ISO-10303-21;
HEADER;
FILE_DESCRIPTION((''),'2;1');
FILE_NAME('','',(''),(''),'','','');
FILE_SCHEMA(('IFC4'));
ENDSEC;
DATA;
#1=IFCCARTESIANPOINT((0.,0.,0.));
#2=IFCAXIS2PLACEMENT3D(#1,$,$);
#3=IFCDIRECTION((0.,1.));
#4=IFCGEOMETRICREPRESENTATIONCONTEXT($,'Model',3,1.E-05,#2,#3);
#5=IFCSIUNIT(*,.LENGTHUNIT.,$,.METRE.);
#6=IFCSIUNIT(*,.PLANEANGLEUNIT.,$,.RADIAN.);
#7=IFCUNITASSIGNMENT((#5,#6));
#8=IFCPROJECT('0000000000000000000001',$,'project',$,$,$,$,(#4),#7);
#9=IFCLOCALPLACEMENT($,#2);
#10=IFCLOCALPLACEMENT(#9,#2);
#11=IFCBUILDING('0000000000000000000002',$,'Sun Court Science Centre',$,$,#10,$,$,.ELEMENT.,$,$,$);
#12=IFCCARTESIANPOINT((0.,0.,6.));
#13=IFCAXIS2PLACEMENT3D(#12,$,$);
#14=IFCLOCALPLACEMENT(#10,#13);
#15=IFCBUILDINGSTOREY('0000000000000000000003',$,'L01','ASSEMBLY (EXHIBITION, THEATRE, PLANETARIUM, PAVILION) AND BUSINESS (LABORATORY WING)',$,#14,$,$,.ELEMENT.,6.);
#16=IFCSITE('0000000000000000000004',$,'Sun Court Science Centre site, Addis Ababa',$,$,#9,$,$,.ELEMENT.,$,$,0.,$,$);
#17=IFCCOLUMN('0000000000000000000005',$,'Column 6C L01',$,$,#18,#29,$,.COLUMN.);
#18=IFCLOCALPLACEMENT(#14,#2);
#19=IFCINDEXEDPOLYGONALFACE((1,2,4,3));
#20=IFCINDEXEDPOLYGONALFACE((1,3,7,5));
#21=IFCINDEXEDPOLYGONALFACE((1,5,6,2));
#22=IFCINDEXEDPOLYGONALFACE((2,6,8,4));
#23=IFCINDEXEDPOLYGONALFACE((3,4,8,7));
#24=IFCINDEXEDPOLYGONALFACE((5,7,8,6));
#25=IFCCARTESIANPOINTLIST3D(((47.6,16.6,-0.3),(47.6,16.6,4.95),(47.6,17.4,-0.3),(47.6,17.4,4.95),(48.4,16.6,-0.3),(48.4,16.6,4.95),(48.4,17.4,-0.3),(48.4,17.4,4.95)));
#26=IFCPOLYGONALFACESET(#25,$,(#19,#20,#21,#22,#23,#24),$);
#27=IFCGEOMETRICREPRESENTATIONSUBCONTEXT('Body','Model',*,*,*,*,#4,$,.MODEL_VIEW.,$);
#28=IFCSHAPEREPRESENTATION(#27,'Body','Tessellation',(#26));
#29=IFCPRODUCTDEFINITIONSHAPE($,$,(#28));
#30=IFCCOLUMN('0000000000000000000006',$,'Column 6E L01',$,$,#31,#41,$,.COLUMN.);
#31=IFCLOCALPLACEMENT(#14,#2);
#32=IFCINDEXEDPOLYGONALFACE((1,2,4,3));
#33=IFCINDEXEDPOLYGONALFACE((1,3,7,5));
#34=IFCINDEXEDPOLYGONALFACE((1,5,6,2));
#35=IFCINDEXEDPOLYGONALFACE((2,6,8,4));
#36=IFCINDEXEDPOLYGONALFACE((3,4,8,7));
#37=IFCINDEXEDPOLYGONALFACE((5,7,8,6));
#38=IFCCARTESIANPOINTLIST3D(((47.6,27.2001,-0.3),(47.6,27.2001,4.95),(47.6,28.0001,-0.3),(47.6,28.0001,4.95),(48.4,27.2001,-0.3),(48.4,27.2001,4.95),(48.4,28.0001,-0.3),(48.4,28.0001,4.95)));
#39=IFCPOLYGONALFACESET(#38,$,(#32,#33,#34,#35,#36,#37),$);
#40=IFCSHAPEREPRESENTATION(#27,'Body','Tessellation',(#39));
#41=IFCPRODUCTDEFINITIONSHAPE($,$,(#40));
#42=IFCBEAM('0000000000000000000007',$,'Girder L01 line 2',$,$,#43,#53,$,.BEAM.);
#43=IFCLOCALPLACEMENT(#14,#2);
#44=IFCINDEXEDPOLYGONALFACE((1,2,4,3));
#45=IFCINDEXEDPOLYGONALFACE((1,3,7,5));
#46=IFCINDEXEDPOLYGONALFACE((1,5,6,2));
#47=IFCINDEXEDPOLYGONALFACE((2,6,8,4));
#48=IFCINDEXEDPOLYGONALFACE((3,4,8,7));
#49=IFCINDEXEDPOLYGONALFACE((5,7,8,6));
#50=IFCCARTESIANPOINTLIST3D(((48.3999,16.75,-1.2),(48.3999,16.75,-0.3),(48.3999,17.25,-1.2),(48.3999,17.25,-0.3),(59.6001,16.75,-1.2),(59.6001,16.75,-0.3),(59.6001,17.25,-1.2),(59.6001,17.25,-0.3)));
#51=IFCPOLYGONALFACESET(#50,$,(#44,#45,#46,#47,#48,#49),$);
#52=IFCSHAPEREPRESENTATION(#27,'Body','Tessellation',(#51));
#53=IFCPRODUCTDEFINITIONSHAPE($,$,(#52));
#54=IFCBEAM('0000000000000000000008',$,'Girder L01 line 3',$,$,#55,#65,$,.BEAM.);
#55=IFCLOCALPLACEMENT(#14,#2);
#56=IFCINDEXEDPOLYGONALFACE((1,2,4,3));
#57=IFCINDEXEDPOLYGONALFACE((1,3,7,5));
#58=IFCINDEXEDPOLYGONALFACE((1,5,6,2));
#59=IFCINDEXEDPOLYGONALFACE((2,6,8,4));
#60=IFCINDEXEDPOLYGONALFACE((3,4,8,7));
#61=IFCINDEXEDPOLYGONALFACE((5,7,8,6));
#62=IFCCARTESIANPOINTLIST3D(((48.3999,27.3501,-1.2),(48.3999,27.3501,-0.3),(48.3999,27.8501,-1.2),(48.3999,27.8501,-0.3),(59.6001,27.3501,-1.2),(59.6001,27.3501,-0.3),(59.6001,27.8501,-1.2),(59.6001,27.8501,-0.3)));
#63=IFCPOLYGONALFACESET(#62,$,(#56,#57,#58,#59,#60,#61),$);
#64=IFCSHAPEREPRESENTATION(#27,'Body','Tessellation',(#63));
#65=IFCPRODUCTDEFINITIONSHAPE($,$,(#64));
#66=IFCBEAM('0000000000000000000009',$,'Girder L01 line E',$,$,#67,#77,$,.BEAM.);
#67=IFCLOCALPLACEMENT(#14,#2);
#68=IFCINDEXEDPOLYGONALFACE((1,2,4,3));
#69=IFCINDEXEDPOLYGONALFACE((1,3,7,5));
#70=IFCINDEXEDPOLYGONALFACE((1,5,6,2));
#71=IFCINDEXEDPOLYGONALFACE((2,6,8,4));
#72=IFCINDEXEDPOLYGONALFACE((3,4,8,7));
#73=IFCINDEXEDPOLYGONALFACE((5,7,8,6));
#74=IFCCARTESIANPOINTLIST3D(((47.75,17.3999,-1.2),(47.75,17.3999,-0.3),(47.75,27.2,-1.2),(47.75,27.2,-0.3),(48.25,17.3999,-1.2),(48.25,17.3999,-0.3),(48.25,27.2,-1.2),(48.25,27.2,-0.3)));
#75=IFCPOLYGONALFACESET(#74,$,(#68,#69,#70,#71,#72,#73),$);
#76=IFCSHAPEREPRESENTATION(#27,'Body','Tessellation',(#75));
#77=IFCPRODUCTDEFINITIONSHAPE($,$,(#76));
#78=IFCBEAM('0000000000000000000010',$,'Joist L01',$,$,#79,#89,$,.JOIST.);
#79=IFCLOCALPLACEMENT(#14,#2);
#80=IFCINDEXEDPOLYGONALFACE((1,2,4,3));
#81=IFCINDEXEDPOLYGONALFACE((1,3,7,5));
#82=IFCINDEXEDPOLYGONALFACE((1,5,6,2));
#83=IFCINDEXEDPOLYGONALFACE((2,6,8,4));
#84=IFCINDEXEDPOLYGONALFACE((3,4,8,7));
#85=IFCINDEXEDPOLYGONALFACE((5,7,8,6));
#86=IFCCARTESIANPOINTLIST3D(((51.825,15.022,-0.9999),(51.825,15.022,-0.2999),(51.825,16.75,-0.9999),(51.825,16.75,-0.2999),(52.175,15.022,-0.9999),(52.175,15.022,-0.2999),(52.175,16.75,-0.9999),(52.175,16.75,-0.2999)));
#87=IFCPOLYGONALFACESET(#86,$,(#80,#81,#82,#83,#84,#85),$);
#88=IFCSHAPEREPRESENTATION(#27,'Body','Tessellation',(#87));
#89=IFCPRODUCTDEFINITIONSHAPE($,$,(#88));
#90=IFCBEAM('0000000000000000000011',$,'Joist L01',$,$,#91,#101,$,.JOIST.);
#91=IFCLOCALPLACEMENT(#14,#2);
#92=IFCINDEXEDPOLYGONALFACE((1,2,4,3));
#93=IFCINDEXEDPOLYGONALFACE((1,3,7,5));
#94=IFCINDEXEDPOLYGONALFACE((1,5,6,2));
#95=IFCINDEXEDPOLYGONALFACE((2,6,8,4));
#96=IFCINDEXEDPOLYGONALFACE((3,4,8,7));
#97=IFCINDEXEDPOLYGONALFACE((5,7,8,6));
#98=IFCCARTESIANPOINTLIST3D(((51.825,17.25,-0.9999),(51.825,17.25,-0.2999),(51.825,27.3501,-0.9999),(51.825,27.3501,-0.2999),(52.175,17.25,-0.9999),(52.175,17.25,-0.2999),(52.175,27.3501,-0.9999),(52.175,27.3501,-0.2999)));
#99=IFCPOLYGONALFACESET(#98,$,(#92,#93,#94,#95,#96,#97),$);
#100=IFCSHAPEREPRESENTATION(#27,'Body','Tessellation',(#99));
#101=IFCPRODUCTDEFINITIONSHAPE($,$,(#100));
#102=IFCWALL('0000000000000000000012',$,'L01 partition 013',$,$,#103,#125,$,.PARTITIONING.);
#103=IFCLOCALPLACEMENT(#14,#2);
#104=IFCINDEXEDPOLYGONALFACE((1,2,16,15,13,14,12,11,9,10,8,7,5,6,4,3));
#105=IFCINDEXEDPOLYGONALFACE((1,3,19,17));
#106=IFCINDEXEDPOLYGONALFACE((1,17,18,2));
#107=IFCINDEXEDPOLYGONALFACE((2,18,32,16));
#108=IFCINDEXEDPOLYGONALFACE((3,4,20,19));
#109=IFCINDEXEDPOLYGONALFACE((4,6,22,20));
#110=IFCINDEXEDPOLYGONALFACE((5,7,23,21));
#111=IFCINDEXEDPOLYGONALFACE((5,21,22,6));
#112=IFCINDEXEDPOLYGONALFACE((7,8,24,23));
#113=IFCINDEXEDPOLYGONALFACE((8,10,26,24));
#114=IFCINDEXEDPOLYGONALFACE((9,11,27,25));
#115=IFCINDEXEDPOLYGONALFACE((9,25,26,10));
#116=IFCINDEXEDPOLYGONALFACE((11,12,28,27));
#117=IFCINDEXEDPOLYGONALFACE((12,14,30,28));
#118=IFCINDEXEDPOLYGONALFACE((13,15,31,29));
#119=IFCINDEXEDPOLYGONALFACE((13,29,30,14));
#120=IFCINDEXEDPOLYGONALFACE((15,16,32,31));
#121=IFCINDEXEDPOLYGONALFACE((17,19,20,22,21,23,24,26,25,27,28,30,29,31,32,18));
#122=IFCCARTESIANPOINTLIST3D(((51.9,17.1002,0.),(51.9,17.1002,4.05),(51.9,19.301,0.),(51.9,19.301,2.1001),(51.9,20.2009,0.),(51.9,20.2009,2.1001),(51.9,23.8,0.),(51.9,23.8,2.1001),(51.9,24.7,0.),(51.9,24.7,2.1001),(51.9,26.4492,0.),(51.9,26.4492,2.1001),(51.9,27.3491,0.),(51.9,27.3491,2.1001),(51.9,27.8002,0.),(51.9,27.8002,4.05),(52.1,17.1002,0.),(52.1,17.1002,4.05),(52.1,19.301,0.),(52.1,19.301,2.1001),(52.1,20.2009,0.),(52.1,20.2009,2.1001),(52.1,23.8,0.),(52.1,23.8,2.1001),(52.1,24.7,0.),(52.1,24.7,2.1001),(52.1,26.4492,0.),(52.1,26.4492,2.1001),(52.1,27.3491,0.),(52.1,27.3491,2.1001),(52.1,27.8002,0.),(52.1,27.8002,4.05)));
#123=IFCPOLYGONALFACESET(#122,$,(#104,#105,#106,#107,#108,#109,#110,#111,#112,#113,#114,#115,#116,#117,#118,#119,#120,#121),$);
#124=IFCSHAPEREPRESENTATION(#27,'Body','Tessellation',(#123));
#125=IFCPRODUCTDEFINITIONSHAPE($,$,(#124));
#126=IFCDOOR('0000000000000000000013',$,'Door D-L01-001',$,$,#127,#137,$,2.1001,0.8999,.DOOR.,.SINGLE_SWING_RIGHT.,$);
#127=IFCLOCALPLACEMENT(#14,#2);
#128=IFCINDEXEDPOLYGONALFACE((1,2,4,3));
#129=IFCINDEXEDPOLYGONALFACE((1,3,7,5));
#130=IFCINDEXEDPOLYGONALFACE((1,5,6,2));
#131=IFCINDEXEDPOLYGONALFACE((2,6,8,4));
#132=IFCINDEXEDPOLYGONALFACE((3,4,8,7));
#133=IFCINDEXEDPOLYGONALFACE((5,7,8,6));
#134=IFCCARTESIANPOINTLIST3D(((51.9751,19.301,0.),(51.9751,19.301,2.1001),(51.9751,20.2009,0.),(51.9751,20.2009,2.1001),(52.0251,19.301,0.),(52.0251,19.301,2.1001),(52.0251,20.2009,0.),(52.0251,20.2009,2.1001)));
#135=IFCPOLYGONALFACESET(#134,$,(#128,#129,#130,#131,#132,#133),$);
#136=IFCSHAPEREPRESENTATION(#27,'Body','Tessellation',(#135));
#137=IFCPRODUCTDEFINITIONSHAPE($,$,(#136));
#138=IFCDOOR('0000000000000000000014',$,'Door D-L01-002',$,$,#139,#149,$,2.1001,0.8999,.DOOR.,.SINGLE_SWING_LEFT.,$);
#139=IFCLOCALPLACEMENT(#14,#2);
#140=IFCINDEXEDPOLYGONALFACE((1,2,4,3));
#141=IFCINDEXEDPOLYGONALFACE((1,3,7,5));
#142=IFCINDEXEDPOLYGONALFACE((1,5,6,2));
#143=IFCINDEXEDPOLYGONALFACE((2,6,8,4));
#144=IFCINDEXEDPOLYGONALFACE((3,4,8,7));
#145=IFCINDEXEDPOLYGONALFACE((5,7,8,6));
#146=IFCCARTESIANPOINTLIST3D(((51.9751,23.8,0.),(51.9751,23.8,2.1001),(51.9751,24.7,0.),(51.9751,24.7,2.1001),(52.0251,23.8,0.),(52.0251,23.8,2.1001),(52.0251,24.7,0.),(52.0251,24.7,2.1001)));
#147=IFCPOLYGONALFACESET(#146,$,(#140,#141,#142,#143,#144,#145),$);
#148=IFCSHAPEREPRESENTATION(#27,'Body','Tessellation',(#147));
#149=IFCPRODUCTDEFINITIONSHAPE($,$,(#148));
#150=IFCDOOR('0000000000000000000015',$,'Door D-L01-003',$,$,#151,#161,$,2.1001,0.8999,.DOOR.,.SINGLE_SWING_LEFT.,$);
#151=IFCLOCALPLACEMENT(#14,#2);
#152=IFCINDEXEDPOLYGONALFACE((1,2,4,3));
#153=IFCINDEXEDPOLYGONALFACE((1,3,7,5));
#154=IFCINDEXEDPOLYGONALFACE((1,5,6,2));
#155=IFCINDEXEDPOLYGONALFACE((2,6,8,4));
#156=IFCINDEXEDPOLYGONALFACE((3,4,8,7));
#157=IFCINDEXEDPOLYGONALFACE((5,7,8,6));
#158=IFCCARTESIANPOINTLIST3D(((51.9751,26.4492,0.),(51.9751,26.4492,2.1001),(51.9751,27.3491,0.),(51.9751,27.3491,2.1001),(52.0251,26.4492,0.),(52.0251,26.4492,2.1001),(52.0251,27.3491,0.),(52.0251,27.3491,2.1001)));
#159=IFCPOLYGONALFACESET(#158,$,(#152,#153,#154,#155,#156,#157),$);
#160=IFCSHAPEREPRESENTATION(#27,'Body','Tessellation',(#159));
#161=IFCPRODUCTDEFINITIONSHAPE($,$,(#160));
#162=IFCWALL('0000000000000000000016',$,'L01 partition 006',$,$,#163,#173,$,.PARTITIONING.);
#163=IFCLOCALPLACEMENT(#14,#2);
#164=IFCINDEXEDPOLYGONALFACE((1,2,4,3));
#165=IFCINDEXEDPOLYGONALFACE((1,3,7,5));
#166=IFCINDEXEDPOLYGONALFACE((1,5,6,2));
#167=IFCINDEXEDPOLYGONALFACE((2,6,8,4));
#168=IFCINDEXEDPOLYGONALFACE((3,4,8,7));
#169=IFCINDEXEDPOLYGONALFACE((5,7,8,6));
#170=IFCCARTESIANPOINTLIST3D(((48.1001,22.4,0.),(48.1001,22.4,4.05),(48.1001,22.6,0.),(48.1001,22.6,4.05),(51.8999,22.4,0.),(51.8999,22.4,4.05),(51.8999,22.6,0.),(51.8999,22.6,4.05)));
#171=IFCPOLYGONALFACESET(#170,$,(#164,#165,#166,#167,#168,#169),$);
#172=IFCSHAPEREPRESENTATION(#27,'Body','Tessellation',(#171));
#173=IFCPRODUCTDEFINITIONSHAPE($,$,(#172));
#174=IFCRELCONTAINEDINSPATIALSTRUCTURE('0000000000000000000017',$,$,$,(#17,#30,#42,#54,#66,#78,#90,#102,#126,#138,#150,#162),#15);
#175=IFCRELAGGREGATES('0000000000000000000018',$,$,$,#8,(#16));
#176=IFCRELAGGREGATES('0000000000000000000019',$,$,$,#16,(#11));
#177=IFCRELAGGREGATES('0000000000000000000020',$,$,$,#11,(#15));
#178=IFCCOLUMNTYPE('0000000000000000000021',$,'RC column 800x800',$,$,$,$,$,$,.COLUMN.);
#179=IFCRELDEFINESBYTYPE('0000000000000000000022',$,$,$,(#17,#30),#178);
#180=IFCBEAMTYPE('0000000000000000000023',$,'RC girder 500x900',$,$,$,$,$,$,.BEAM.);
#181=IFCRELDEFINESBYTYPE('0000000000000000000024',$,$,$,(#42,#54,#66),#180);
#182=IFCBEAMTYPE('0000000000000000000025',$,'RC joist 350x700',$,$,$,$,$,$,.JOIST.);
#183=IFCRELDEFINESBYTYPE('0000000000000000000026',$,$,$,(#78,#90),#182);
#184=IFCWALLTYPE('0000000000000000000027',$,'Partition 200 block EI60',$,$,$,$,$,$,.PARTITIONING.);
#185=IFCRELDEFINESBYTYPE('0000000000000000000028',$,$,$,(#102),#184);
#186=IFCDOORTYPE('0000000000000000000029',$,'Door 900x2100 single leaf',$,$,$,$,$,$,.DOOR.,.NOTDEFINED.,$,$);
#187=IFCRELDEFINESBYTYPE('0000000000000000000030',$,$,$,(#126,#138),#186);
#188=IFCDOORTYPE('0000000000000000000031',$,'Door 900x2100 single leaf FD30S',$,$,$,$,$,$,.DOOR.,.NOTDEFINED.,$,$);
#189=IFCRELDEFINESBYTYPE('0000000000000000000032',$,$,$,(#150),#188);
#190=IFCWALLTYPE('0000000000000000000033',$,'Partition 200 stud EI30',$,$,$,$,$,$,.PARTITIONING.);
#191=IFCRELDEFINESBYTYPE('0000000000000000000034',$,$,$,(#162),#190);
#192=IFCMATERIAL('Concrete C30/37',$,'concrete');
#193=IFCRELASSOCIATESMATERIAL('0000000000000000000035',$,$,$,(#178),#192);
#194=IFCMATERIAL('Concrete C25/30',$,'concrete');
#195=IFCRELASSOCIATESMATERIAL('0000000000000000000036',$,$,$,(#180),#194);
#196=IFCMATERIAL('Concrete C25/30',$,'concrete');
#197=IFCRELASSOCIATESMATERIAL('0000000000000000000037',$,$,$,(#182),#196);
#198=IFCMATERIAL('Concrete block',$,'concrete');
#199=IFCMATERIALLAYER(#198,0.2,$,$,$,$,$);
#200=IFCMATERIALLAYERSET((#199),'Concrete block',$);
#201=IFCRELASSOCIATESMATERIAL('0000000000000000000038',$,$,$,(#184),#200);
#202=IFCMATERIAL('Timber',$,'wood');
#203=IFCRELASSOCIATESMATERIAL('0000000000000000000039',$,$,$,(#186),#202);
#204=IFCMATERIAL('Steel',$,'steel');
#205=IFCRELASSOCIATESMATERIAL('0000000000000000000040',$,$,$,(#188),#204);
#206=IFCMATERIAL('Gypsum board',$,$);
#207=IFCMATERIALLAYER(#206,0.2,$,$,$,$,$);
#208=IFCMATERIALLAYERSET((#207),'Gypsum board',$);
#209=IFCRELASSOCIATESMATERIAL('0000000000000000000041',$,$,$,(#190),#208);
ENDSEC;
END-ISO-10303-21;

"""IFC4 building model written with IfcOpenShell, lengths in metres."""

from ifc_helpers import new_model, si_unit, direction, frame, frame_2d, origin, origin_2d, place, context, subcontext, project, spatial, rectangle, extrude, material, layer, layer_set, material_profile, profile_set, type_object, element, fill, save


model = new_model("IFC4")

# Units and contexts
model_context = context("Model", 3, precision=1e-05, world=origin(), true_north=direction((0.0, 1.0)))
body_context = subcontext(model_context, "Body", "Model", "MODEL_VIEW")
ifc_project = project(units=[si_unit("LENGTHUNIT", "METRE"), si_unit("PLANEANGLEUNIT", "RADIAN")], contexts=[model_context])

# Site, building, storey
site_placement = place(None, origin())
site = spatial("IfcSite", under=ifc_project, at=site_placement, Name="Sun Court Science Centre site, Addis Ababa", CompositionType="ELEMENT", RefElevation=0.0)
building_placement = place(site_placement, origin())
building = spatial("IfcBuilding", under=site, at=building_placement, Name="Sun Court Science Centre", CompositionType="ELEMENT")
storey_placement = place(building_placement, frame((0.0, 0.0, 6.0)))
storey = spatial("IfcBuildingStorey", under=building, at=storey_placement, Name="L01", Description="ASSEMBLY (EXHIBITION, THEATRE, PLANETARIUM, PAVILION) AND BUSINESS (LABORATORY WING)", CompositionType="ELEMENT", Elevation=6.0)

# Columns
ifc_material_1 = material(Name="Concrete C30/37", Category="concrete")
ifc_material_profile_1 = material_profile(ifc_material_1, rectangle(XDim=0.8, YDim=0.8, at=origin_2d()), Name="RC 800x800")
ifc_profile_set_1 = profile_set([ifc_material_profile_1], Name="Concrete C30/37")
column_type = type_object("IfcColumnType", Name="RC column 800x800", PredefinedType="COLUMN", material=ifc_profile_set_1)
for number, where, z_axis, x_axis, name in (
    (1, (48.0, 17.0, -0.3), (0.0, 0.0, 1.0), (1.0, 0.0, 0.0), "Column 6C L01"),
    (2, (48.0, 27.6001, -0.3), (0.0, 0.0, 1.0), (1.0, 0.0, 0.0), "Column 6E L01"),
):
    element("IfcColumn", number, at=place(storey_placement, frame(where, z_axis=z_axis, x_axis=x_axis)), inside=storey, type_object=column_type, Name=name, PredefinedType="COLUMN", context=body_context, shape_type="SweptSolid", body=[
        extrude(rectangle(XDim=0.8, YDim=0.8, at=origin_2d()), origin(), (0.0, 0.0, 1.0), 5.25),
    ])

# Beams
ifc_material_2 = material(Name="Concrete C25/30", Category="concrete")
ifc_material_profile_2 = material_profile(ifc_material_2, rectangle(XDim=0.5, YDim=0.8999, at=origin_2d()), Name="RC 500x900")
ifc_profile_set_2 = profile_set([ifc_material_profile_2], Name="Concrete C25/30")
beam_type_1 = type_object("IfcBeamType", Name="RC girder 500x900", PredefinedType="BEAM", material=ifc_profile_set_2)
for number, where, z_axis, x_axis, name in (
    (3, (48.3999, 17.0, -0.75), (1.0, 0.0, 0.0), (0.0, 1.0, 0.0), "Girder L01 line 2"),
    (4, (48.3999, 27.6001, -0.75), (1.0, 0.0, 0.0), (0.0, 1.0, 0.0), "Girder L01 line 3"),
):
    element("IfcBeam", number, at=place(storey_placement, frame(where, z_axis=z_axis, x_axis=x_axis)), inside=storey, type_object=beam_type_1, Name=name, PredefinedType="BEAM", context=body_context, shape_type="SweptSolid", body=[
        extrude(rectangle(XDim=0.5, YDim=0.8999, at=origin_2d()), origin(), (0.0, 0.0, 1.0), 11.2002),
    ])
beam_1_placement = place(storey_placement, frame((48.0, 17.3999, -0.75), z_axis=(0.0, 1.0, 0.0), x_axis=(-1.0, 0.0, 0.0)))
element("IfcBeam", 5, at=beam_1_placement, inside=storey, type_object=beam_type_1, Name="Girder L01 line E", PredefinedType="BEAM", context=body_context, shape_type="SweptSolid", body=[
    extrude(rectangle(XDim=0.5, YDim=0.8999, at=origin_2d()), origin(), (0.0, 0.0, 1.0), 9.8),
])
ifc_material_3 = material(Name="Concrete C25/30", Category="concrete")
ifc_material_profile_3 = material_profile(ifc_material_3, rectangle(XDim=0.3501, YDim=0.7, at=origin_2d()), Name="RC 350x700")
ifc_profile_set_3 = profile_set([ifc_material_profile_3], Name="Concrete C25/30")
beam_type_2 = type_object("IfcBeamType", Name="RC joist 350x700", PredefinedType="JOIST", material=ifc_profile_set_3)
beam_2_placement = place(storey_placement, frame((52.0, 15.022, -0.6499), z_axis=(0.0, 1.0, 0.0), x_axis=(-1.0, 0.0, 0.0)))
element("IfcBeam", 6, at=beam_2_placement, inside=storey, type_object=beam_type_2, Name="Joist L01", PredefinedType="JOIST", context=body_context, shape_type="SweptSolid", body=[
    extrude(rectangle(XDim=0.3501, YDim=0.7, at=origin_2d()), origin(), (0.0, 0.0, 1.0), 1.728),
])
beam_3_placement = place(storey_placement, frame((52.0, 17.25, -0.6499), z_axis=(0.0, 1.0, 0.0), x_axis=(-1.0, 0.0, 0.0)))
element("IfcBeam", 7, at=beam_3_placement, inside=storey, type_object=beam_type_2, Name="Joist L01", PredefinedType="JOIST", context=body_context, shape_type="SweptSolid", body=[
    extrude(rectangle(XDim=0.3501, YDim=0.7, at=origin_2d()), origin(), (0.0, 0.0, 1.0), 10.1001),
])

# Wall, openings, doors
ifc_material_4 = material(Name="Concrete block", Category="concrete")
ifc_layer_1 = layer(ifc_material_4, 0.2)
ifc_layer_set_1 = layer_set([ifc_layer_1], Name="Concrete block")
wall_type_1 = type_object("IfcWallType", Name="Partition 200 block EI60", PredefinedType="PARTITIONING", material=ifc_layer_set_1)
wall_1_placement = place(storey_placement, frame((52.0, 17.1001, 0.0), z_axis=(0.0, 0.0, 1.0), x_axis=(0.0, 1.0, 0.0)))
wall_1 = element("IfcWall", 8, at=wall_1_placement, inside=storey, type_object=wall_type_1, Name="L01 partition 013", PredefinedType="PARTITIONING", context=body_context, shape_type="SweptSolid", body=[
    extrude(rectangle(XDim=10.7, YDim=0.2, at=frame_2d((5.3501, 0.0))), origin(), (0.0, 0.0, 1.0), 4.05),
])
opening_1_placement = place(wall_1_placement, frame((2.2009, 0.0, 0.0)))
opening_1 = element("IfcOpeningElement", 9, at=opening_1_placement, cuts=wall_1, PredefinedType="OPENING", context=body_context, shape_type="SweptSolid", body=[
    extrude(rectangle(XDim=0.8999, YDim=2.1001, at=frame_2d((0.45, 1.05))), frame((0.0, 0.1099, 0.0), z_axis=(0.0, -1.0, 0.0), x_axis=(1.0, 0.0, 0.0)), (0.0, 0.0, 1.0), 0.22),
])
opening_2_placement = place(wall_1_placement, frame((6.7, 0.0, 0.0)))
opening_2 = element("IfcOpeningElement", 10, at=opening_2_placement, cuts=wall_1, PredefinedType="OPENING", context=body_context, shape_type="SweptSolid", body=[
    extrude(rectangle(XDim=0.8999, YDim=2.1001, at=frame_2d((0.45, 1.05))), frame((0.0, 0.1099, 0.0), z_axis=(0.0, -1.0, 0.0), x_axis=(1.0, 0.0, 0.0)), (0.0, 0.0, 1.0), 0.22),
])
opening_3_placement = place(wall_1_placement, frame((9.3491, 0.0, 0.0)))
opening_3 = element("IfcOpeningElement", 11, at=opening_3_placement, cuts=wall_1, PredefinedType="OPENING", context=body_context, shape_type="SweptSolid", body=[
    extrude(rectangle(XDim=0.8999, YDim=2.1001, at=frame_2d((0.45, 1.05))), frame((0.0, 0.1099, 0.0), z_axis=(0.0, -1.0, 0.0), x_axis=(1.0, 0.0, 0.0)), (0.0, 0.0, 1.0), 0.22),
])
ifc_material_5 = material(Name="Timber", Category="wood")
door_type_1 = type_object("IfcDoorType", Name="Door 900x2100 single leaf", OperationType="NOTDEFINED", PredefinedType="DOOR", material=ifc_material_5)
door_1_placement = place(opening_1_placement, origin())
door_1 = element("IfcDoor", 12, at=door_1_placement, inside=storey, type_object=door_type_1, Name="Door D-L01-001", OperationType="SINGLE_SWING_RIGHT", OverallHeight=2.1001, OverallWidth=0.8999, PredefinedType="DOOR", context=body_context, shape_type="SweptSolid", body=[
    extrude(rectangle(XDim=0.8999, YDim=2.1001, at=frame_2d((0.45, 1.05))), frame((0.0, 0.0249, 0.0), z_axis=(0.0, -1.0, 0.0), x_axis=(1.0, 0.0, 0.0)), (0.0, 0.0, 1.0), 0.05),
])
fill(opening_1, door_1)
door_2_placement = place(opening_2_placement, origin())
door_2 = element("IfcDoor", 13, at=door_2_placement, inside=storey, type_object=door_type_1, Name="Door D-L01-002", OperationType="SINGLE_SWING_LEFT", OverallHeight=2.1001, OverallWidth=0.8999, PredefinedType="DOOR", context=body_context, shape_type="SweptSolid", body=[
    extrude(rectangle(XDim=0.8999, YDim=2.1001, at=frame_2d((0.45, 1.05))), frame((0.0, 0.0249, 0.0), z_axis=(0.0, -1.0, 0.0), x_axis=(1.0, 0.0, 0.0)), (0.0, 0.0, 1.0), 0.05),
])
fill(opening_2, door_2)
ifc_material_6 = material(Name="Steel", Category="steel")
door_type_2 = type_object("IfcDoorType", Name="Door 900x2100 single leaf FD30S", OperationType="NOTDEFINED", PredefinedType="DOOR", material=ifc_material_6)
door_3_placement = place(opening_3_placement, origin())
door_3 = element("IfcDoor", 14, at=door_3_placement, inside=storey, type_object=door_type_2, Name="Door D-L01-003", OperationType="SINGLE_SWING_LEFT", OverallHeight=2.1001, OverallWidth=0.8999, PredefinedType="DOOR", context=body_context, shape_type="SweptSolid", body=[
    extrude(rectangle(XDim=0.8999, YDim=2.1001, at=frame_2d((0.45, 1.05))), frame((0.0, 0.0249, 0.0), z_axis=(0.0, -1.0, 0.0), x_axis=(1.0, 0.0, 0.0)), (0.0, 0.0, 1.0), 0.05),
])
fill(opening_3, door_3)

# Wall
ifc_material_7 = material(Name="Gypsum board")
ifc_layer_2 = layer(ifc_material_7, 0.2)
ifc_layer_set_2 = layer_set([ifc_layer_2], Name="Gypsum board")
wall_type_2 = type_object("IfcWallType", Name="Partition 200 stud EI30", PredefinedType="PARTITIONING", material=ifc_layer_set_2)
for number, where, z_axis, x_axis, name in (
    (15, (48.1001, 22.5, 0.0), (0.0, 0.0, 1.0), (1.0, 0.0, 0.0), "L01 partition 006"),
):
    element("IfcWall", number, at=place(storey_placement, frame(where, z_axis=z_axis, x_axis=x_axis)), inside=storey, type_object=wall_type_2, Name=name, PredefinedType="PARTITIONING", context=body_context, shape_type="SweptSolid", body=[
        extrude(rectangle(XDim=3.7998, YDim=0.2, at=frame_2d((1.8999, 0.0))), origin(), (0.0, 0.0, 1.0), 4.05),
    ])

save(model, "model.ifc")
